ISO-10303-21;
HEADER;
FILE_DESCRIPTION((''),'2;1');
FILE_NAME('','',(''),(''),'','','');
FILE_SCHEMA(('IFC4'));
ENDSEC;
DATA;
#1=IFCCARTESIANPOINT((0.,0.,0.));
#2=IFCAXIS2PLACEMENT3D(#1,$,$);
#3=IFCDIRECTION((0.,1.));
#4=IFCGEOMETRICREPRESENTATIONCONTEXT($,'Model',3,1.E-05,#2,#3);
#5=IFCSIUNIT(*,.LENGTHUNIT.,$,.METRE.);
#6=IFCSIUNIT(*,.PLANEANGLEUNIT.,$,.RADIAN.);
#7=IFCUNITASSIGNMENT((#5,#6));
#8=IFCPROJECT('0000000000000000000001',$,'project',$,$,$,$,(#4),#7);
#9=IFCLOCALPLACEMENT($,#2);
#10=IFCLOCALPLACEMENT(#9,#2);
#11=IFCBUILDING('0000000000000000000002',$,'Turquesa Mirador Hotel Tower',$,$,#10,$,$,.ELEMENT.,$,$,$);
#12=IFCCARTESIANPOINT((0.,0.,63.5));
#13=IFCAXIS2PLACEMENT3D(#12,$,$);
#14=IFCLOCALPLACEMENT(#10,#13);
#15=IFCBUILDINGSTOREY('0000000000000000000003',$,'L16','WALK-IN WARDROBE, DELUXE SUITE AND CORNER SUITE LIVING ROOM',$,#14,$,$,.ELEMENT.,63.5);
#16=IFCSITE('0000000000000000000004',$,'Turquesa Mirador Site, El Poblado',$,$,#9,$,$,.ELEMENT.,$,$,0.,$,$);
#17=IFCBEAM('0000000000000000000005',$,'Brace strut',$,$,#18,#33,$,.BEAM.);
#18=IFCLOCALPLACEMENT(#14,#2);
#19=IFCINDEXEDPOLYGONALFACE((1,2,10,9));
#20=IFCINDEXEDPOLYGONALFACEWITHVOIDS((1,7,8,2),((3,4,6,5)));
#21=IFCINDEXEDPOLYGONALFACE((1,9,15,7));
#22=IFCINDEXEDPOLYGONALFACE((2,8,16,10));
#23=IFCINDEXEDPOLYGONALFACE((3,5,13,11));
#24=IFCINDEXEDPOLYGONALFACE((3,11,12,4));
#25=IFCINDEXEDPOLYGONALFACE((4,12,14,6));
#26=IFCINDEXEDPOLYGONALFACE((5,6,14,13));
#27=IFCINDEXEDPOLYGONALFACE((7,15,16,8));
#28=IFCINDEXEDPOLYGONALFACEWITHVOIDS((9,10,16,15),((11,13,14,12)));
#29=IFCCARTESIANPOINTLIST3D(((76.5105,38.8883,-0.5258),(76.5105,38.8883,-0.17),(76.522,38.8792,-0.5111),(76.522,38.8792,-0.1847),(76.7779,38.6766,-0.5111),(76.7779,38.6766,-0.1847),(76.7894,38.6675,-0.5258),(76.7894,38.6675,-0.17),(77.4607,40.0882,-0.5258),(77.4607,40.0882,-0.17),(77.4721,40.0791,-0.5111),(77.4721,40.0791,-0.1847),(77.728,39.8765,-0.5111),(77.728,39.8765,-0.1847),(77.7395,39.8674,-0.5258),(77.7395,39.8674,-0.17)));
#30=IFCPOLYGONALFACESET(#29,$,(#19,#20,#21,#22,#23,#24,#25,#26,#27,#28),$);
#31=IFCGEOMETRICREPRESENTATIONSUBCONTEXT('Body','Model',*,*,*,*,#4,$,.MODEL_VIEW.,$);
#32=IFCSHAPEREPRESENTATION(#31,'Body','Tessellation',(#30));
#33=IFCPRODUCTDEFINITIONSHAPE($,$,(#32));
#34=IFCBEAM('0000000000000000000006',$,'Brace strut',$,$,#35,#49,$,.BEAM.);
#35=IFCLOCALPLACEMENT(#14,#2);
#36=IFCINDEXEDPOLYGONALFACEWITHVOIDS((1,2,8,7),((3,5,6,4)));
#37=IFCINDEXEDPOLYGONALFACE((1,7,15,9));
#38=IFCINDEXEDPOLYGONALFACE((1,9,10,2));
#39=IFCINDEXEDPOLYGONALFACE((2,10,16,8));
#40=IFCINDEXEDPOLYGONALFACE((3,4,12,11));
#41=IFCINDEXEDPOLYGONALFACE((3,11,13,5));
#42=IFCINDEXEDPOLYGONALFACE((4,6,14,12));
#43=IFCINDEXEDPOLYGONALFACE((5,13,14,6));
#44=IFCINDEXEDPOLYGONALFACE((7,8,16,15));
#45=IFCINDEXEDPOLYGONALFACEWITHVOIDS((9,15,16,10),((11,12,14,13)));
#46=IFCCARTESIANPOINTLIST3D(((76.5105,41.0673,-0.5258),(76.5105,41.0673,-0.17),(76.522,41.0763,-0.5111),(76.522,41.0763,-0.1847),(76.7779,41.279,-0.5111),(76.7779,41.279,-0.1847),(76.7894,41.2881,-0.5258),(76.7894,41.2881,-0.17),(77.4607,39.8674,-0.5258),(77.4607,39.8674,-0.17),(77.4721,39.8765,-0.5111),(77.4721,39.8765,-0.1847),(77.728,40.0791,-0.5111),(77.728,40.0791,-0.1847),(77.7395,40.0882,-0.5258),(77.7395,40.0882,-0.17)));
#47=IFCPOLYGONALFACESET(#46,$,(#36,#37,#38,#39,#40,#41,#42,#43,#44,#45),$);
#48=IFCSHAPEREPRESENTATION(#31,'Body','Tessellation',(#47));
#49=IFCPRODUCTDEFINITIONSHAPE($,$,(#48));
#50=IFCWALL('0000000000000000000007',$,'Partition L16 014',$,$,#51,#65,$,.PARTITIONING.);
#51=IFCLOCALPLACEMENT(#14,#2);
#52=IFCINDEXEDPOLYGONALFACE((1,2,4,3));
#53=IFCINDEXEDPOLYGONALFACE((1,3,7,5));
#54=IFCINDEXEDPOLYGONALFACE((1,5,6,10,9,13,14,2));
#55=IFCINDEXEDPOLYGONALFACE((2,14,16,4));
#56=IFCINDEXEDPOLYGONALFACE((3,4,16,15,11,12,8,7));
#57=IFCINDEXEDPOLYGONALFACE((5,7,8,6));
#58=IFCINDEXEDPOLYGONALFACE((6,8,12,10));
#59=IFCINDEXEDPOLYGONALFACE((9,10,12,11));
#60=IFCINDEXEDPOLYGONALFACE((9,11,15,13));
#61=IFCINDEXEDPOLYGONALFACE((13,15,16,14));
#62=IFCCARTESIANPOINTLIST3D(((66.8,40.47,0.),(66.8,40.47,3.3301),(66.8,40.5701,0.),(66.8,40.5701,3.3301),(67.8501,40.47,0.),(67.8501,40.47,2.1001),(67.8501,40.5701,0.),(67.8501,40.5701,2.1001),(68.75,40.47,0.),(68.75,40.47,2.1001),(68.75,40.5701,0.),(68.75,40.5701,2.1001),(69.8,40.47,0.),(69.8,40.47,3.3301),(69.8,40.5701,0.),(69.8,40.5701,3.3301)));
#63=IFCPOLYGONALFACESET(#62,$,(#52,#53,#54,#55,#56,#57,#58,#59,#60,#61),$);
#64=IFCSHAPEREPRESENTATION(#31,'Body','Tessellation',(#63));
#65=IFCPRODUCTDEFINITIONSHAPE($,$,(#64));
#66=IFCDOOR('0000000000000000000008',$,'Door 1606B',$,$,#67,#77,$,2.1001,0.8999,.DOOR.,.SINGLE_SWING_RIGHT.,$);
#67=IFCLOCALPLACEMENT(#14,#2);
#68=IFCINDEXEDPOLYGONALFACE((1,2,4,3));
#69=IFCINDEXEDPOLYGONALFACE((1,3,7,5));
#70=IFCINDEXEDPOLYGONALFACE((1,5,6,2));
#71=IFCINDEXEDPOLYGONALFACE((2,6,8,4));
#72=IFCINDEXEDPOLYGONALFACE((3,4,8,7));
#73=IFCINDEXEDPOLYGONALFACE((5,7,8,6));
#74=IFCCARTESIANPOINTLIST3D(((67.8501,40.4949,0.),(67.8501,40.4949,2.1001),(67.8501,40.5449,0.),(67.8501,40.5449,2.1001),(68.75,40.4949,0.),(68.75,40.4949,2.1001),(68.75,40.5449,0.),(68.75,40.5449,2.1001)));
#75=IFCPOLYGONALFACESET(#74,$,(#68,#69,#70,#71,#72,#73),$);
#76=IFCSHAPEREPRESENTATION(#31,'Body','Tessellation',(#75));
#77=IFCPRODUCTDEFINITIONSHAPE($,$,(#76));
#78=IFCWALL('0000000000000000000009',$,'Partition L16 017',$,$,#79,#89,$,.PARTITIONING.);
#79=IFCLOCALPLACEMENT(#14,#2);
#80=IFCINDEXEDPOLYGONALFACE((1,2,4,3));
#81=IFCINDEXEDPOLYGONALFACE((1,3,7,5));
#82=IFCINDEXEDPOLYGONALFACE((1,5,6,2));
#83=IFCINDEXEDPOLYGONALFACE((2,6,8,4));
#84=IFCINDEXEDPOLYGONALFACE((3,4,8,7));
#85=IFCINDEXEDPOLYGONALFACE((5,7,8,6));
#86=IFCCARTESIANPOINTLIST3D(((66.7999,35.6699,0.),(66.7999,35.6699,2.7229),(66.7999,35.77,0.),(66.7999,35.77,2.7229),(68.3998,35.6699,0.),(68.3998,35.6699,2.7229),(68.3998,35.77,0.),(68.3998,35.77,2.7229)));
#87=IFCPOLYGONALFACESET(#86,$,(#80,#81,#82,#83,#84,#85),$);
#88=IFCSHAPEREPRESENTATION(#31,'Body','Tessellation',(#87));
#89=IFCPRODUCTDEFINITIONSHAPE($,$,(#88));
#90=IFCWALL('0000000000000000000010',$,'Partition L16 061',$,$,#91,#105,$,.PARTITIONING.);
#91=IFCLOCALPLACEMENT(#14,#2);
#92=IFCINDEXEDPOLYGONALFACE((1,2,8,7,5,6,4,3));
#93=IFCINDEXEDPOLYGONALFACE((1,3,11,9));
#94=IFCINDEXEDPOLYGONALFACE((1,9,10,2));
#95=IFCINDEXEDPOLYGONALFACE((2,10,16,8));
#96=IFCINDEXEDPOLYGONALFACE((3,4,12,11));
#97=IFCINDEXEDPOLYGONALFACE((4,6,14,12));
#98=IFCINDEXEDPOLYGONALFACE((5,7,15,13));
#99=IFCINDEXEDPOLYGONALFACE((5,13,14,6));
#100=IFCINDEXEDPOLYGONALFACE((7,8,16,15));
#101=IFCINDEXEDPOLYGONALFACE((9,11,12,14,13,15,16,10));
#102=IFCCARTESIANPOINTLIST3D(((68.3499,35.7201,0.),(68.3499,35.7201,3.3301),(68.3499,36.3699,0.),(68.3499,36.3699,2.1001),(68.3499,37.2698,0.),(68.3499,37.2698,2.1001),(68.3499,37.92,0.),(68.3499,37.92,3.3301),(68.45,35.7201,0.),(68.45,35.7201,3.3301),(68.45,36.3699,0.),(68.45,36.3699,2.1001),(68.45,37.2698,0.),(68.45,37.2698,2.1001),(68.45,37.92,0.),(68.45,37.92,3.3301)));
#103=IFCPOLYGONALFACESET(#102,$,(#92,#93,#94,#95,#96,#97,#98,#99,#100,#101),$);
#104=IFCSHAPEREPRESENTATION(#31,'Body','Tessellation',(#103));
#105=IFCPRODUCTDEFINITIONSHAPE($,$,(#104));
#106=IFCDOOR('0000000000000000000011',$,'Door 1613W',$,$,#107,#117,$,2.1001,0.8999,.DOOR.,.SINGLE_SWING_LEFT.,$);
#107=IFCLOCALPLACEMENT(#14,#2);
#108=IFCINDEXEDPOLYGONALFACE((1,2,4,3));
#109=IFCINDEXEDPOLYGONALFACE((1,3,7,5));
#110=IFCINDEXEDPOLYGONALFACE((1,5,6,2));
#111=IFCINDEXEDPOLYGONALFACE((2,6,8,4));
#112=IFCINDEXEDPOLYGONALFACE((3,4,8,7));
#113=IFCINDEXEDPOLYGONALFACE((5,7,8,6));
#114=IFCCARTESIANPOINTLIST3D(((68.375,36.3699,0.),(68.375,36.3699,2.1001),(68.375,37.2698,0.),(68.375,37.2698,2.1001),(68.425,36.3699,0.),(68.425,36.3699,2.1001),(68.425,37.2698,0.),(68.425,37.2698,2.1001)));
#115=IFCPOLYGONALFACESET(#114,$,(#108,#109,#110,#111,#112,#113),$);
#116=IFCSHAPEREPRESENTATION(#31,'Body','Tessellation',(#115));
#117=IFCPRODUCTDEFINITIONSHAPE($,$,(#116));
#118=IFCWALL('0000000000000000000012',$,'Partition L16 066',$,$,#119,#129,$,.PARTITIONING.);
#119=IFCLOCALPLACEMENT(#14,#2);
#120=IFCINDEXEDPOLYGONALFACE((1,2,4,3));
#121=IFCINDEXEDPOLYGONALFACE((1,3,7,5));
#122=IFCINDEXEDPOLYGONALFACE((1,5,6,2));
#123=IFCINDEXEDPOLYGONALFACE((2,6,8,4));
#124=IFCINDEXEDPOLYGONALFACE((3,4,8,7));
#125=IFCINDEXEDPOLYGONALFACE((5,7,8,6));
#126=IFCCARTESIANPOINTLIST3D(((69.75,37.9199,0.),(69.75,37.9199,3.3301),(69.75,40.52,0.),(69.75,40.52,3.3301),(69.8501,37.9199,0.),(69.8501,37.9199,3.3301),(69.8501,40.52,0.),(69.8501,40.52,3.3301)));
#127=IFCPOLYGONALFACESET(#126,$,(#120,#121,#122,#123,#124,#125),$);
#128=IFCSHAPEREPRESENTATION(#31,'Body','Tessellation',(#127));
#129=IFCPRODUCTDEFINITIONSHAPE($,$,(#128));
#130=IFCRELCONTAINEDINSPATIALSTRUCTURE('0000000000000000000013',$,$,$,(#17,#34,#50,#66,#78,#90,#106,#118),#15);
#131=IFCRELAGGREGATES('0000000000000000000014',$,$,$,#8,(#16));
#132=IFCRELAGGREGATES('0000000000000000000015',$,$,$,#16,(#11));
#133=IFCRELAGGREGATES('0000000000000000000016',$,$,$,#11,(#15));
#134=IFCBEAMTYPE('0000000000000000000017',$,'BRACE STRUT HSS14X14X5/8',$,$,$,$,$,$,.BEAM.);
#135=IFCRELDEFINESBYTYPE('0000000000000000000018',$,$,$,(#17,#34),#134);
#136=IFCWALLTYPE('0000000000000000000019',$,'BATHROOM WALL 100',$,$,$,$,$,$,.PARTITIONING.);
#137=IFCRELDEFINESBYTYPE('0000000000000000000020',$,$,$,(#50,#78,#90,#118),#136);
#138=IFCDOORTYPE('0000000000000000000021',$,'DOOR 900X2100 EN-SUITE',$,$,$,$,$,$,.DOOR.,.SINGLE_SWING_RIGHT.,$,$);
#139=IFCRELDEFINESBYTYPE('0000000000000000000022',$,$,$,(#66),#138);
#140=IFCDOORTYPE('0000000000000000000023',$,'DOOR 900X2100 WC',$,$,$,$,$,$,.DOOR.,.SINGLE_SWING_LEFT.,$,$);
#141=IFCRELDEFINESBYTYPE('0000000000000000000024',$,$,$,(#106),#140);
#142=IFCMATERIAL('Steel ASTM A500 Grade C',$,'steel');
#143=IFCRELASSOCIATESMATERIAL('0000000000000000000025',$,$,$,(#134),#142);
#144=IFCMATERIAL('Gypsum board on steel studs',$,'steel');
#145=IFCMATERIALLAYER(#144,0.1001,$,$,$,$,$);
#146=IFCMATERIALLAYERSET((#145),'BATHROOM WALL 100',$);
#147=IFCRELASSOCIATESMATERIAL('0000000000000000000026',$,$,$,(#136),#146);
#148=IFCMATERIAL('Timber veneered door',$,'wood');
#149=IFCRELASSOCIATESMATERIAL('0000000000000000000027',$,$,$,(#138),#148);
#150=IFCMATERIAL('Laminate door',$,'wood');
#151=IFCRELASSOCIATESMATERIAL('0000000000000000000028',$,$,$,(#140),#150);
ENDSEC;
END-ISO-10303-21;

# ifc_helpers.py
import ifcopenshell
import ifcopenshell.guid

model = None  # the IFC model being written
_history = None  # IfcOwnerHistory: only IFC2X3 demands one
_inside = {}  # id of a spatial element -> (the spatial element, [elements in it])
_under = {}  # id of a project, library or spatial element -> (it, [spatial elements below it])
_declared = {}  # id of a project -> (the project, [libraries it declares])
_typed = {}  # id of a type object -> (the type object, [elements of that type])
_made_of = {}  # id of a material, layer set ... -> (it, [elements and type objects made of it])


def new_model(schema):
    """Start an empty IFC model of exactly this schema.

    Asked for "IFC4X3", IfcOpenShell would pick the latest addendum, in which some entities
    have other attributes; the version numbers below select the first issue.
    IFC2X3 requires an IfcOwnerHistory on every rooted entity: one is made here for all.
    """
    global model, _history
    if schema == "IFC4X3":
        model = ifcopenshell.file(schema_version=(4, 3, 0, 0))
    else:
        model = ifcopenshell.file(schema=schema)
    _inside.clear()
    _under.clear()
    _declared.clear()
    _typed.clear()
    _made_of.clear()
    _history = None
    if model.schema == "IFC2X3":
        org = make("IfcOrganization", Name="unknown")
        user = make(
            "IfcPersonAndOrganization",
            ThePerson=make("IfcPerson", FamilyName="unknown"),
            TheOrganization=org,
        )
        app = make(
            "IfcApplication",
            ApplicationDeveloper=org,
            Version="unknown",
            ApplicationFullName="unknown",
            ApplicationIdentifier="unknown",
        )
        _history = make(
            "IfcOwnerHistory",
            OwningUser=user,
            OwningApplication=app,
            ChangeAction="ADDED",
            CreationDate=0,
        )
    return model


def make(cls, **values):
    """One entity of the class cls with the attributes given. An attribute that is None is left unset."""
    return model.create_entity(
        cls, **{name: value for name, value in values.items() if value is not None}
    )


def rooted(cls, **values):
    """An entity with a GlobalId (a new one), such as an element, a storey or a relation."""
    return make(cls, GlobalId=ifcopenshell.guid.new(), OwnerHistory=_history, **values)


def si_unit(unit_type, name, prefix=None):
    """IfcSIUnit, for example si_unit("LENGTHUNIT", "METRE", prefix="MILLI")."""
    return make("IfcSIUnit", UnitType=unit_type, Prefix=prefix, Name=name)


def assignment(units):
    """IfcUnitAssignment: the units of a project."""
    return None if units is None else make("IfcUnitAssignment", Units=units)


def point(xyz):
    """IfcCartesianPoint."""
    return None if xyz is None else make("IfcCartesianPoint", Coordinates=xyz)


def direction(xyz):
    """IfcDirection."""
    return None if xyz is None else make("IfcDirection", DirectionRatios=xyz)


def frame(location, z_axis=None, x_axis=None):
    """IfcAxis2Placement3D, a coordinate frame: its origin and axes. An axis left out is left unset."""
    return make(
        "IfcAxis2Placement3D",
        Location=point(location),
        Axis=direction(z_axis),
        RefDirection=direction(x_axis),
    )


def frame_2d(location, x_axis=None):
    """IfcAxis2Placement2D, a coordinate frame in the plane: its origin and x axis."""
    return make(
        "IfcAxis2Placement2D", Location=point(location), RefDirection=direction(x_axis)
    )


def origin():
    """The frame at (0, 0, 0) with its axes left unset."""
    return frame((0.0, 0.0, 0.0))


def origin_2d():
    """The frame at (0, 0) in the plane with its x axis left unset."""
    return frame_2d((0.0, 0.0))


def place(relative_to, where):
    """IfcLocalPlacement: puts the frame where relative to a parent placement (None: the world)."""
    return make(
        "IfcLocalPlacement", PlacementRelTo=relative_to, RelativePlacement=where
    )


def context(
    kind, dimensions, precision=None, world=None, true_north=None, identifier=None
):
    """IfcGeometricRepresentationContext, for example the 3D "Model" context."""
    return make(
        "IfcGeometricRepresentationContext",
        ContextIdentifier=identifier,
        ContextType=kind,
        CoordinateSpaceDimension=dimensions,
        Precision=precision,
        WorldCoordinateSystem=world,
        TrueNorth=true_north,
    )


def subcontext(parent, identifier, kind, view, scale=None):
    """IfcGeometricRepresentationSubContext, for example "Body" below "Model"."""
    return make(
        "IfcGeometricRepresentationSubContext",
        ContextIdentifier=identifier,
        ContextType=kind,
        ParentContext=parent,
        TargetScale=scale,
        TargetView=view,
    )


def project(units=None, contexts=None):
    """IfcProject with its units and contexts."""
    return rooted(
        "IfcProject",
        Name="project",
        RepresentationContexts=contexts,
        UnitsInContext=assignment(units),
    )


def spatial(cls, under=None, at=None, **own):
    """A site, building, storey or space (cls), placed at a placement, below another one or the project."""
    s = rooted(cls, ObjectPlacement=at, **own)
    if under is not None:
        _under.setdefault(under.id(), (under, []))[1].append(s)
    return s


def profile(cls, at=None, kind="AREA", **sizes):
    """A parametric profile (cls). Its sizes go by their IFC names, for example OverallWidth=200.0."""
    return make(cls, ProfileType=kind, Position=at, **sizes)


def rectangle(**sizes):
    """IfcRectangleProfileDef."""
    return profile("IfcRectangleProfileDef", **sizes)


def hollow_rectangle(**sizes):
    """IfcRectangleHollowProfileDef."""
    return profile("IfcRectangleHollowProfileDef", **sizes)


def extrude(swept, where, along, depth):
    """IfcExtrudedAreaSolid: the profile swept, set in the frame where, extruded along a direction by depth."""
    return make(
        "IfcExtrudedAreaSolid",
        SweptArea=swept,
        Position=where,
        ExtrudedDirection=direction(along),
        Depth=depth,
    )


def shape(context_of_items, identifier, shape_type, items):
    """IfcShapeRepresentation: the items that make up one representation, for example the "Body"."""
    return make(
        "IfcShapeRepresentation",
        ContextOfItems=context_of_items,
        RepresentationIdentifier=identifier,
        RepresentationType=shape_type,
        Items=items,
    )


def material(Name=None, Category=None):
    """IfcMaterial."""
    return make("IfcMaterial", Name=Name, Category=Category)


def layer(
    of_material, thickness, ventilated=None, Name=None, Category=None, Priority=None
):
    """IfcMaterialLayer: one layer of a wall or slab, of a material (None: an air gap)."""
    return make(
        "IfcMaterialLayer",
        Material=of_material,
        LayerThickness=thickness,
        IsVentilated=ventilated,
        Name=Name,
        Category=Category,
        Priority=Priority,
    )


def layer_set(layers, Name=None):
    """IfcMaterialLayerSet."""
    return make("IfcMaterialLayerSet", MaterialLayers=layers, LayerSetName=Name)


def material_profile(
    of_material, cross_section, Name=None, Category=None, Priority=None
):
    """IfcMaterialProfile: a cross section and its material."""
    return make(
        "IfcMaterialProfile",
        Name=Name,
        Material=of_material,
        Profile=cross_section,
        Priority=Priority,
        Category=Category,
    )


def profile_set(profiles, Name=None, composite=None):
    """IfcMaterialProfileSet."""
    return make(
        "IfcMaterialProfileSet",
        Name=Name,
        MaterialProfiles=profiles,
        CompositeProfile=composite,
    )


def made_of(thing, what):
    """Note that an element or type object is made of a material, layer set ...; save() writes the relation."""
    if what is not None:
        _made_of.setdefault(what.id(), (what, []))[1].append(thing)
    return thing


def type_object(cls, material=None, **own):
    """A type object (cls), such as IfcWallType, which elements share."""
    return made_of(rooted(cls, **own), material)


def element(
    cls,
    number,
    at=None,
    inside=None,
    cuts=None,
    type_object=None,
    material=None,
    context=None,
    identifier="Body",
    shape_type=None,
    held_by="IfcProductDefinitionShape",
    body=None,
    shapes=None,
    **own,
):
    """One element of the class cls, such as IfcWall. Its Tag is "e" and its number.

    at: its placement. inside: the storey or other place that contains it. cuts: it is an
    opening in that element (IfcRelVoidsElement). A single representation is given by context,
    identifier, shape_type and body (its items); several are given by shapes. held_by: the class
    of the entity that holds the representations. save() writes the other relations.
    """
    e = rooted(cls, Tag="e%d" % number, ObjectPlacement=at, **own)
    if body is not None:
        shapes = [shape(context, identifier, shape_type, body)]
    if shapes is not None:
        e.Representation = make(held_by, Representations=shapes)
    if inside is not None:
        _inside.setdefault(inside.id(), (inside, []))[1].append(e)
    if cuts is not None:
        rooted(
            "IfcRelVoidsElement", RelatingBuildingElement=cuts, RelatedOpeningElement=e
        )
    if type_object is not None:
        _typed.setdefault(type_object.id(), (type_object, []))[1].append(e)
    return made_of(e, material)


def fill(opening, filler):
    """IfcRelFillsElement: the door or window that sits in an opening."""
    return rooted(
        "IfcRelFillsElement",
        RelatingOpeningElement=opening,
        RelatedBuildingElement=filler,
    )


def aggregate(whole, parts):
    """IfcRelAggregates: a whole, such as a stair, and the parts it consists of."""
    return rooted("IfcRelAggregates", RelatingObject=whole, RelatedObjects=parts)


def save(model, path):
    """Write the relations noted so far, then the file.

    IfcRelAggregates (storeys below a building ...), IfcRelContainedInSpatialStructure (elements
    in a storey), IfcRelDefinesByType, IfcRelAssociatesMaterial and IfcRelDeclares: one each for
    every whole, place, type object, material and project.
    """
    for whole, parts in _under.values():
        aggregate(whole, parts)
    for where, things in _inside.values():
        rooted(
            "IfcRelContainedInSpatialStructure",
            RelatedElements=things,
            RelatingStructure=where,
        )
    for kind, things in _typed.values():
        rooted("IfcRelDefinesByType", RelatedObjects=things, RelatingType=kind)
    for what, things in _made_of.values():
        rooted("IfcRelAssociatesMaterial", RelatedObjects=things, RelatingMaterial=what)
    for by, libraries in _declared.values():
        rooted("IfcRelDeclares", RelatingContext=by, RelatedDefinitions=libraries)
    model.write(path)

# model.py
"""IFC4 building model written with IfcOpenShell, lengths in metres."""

from ifc_helpers import new_model, si_unit, direction, frame, frame_2d, origin, origin_2d, place, context, subcontext, project, spatial, rectangle, hollow_rectangle, extrude, material, layer, layer_set, material_profile, profile_set, type_object, element, fill, save


model = new_model("IFC4")

# Units and contexts
model_context = context("Model", 3, precision=1e-05, world=origin(), true_north=direction((0.0, 1.0)))
body_context = subcontext(model_context, "Body", "Model", "MODEL_VIEW")
ifc_project = project(units=[si_unit("LENGTHUNIT", "METRE"), si_unit("PLANEANGLEUNIT", "RADIAN")], contexts=[model_context])

# Site, building, storey
site_placement = place(None, origin())
site = spatial("IfcSite", under=ifc_project, at=site_placement, Name="Turquesa Mirador Site, El Poblado", CompositionType="ELEMENT", RefElevation=0.0)
building_placement = place(site_placement, origin())
building = spatial("IfcBuilding", under=site, at=building_placement, Name="Turquesa Mirador Hotel Tower", CompositionType="ELEMENT")
storey_placement = place(building_placement, frame((0.0, 0.0, 63.5)))
storey = spatial("IfcBuildingStorey", under=building, at=storey_placement, Name="L16", Description="WALK-IN WARDROBE, DELUXE SUITE AND CORNER SUITE LIVING ROOM", CompositionType="ELEMENT", Elevation=63.5)

# Beams
ifc_material_1 = material(Name="Steel ASTM A500 Grade C", Category="steel")
ifc_material_profile_1 = material_profile(ifc_material_1, hollow_rectangle(XDim=0.3557, YDim=0.3557, WallThickness=0.0146, at=origin_2d()), Name="HSS14X14X5/8")
ifc_profile_set_1 = profile_set([ifc_material_profile_1], Name="Steel ASTM A500 Grade C")
beam_type_1 = type_object("IfcBeamType", Name="BRACE STRUT HSS14X14X5/8", PredefinedType="BEAM", material=ifc_profile_set_1)
for number, where, z_axis, x_axis, name in (
    (1, (77.6001, 39.9778, -0.3479), (-0.620797, -0.783971, 0.0), (0.783971, -0.620797, 0.0), "Brace strut"),
    (2, (77.6001, 39.9778, -0.3479), (-0.620797, 0.783971, 0.0), (-0.783971, -0.620797, 0.0), "Brace strut"),
):
    element("IfcBeam", number, at=place(storey_placement, frame(where, z_axis=z_axis, x_axis=x_axis)), inside=storey, type_object=beam_type_1, Name=name, PredefinedType="BEAM", context=body_context, shape_type="SweptSolid", body=[
        extrude(hollow_rectangle(XDim=0.3557, YDim=0.3557, WallThickness=0.0146, at=origin_2d()), origin(), (0.0, 0.0, 1.0), 1.5305),
    ])

# Wall, opening, door
ifc_material_2 = material(Name="Gypsum board on steel studs", Category="steel")
ifc_layer_1 = layer(ifc_material_2, 0.1001)
ifc_layer_set_1 = layer_set([ifc_layer_1], Name="BATHROOM WALL 100")
wall_type_1 = type_object("IfcWallType", Name="BATHROOM WALL 100", PredefinedType="PARTITIONING", material=ifc_layer_set_1)
wall_1_placement = place(storey_placement, frame((66.8, 40.52, 0.0), z_axis=(0.0, 0.0, 1.0), x_axis=(1.0, 0.0, 0.0)))
wall_1 = element("IfcWall", 3, at=wall_1_placement, inside=storey, type_object=wall_type_1, Name="Partition L16 014", PredefinedType="PARTITIONING", context=body_context, shape_type="SweptSolid", body=[
    extrude(rectangle(XDim=3.0, YDim=0.1001, at=frame_2d((1.5, 0.0))), origin(), (0.0, 0.0, 1.0), 3.3301),
])
opening_1_placement = place(wall_1_placement, frame((1.05, 0.0, 0.0)))
opening_1 = element("IfcOpeningElement", 4, at=opening_1_placement, cuts=wall_1, PredefinedType="OPENING", context=body_context, shape_type="SweptSolid", body=[
    extrude(rectangle(XDim=0.8999, YDim=2.1001, at=frame_2d((0.45, 1.05))), frame((0.0, 0.0601, 0.0), z_axis=(0.0, -1.0, 0.0), x_axis=(1.0, 0.0, 0.0)), (0.0, 0.0, 1.0), 0.1201),
])
ifc_material_3 = material(Name="Timber veneered door", Category="wood")
door_type_1 = type_object("IfcDoorType", Name="DOOR 900X2100 EN-SUITE", OperationType="SINGLE_SWING_RIGHT", PredefinedType="DOOR", material=ifc_material_3)
door_1_placement = place(opening_1_placement, origin())
door_1 = element("IfcDoor", 5, at=door_1_placement, inside=storey, type_object=door_type_1, Name="Door 1606B", OperationType="SINGLE_SWING_RIGHT", OverallHeight=2.1001, OverallWidth=0.8999, PredefinedType="DOOR", context=body_context, shape_type="SweptSolid", body=[
    extrude(rectangle(XDim=0.8999, YDim=2.1001, at=frame_2d((0.45, 1.05))), frame((0.0, 0.0249, 0.0), z_axis=(0.0, -1.0, 0.0), x_axis=(1.0, 0.0, 0.0)), (0.0, 0.0, 1.0), 0.05),
])
fill(opening_1, door_1)

# Wall
wall_2_placement = place(storey_placement, frame((66.8, 35.72, 0.0), z_axis=(0.0, 0.0, 1.0), x_axis=(1.0, 0.0, 0.0)))
element("IfcWall", 6, at=wall_2_placement, inside=storey, type_object=wall_type_1, Name="Partition L16 017", PredefinedType="PARTITIONING", context=body_context, shape_type="SweptSolid", body=[
    extrude(rectangle(XDim=1.5999, YDim=0.1001, at=frame_2d((0.7998, 0.0))), origin(), (0.0, 0.0, 1.0), 2.7229),
])

# Wall, opening, door
wall_3_placement = place(storey_placement, frame((68.3999, 35.72, 0.0), z_axis=(0.0, 0.0, 1.0), x_axis=(0.0, 1.0, 0.0)))
wall_3 = element("IfcWall", 7, at=wall_3_placement, inside=storey, type_object=wall_type_1, Name="Partition L16 061", PredefinedType="PARTITIONING", context=body_context, shape_type="SweptSolid", body=[
    extrude(rectangle(XDim=2.2, YDim=0.1001, at=frame_2d((1.1001, 0.0))), origin(), (0.0, 0.0, 1.0), 3.3301),
])
opening_2_placement = place(wall_3_placement, frame((0.6499, 0.0, 0.0)))
opening_2 = element("IfcOpeningElement", 8, at=opening_2_placement, cuts=wall_3, PredefinedType="OPENING", context=body_context, shape_type="SweptSolid", body=[
    extrude(rectangle(XDim=0.8999, YDim=2.1001, at=frame_2d((0.45, 1.05))), frame((0.0, 0.0601, 0.0), z_axis=(0.0, -1.0, 0.0), x_axis=(1.0, 0.0, 0.0)), (0.0, 0.0, 1.0), 0.1201),
])
ifc_material_4 = material(Name="Laminate door", Category="wood")
door_type_2 = type_object("IfcDoorType", Name="DOOR 900X2100 WC", OperationType="SINGLE_SWING_LEFT", PredefinedType="DOOR", material=ifc_material_4)
door_2_placement = place(opening_2_placement, origin())
door_2 = element("IfcDoor", 9, at=door_2_placement, inside=storey, type_object=door_type_2, Name="Door 1613W", OperationType="SINGLE_SWING_LEFT", OverallHeight=2.1001, OverallWidth=0.8999, PredefinedType="DOOR", context=body_context, shape_type="SweptSolid", body=[
    extrude(rectangle(XDim=0.8999, YDim=2.1001, at=frame_2d((0.45, 1.05))), frame((0.0, 0.0249, 0.0), z_axis=(0.0, -1.0, 0.0), x_axis=(1.0, 0.0, 0.0)), (0.0, 0.0, 1.0), 0.05),
])
fill(opening_2, door_2)

# Wall
wall_4_placement = place(storey_placement, frame((69.8, 37.9199, 0.0), z_axis=(0.0, 0.0, 1.0), x_axis=(0.0, 1.0, 0.0)))
element("IfcWall", 10, at=wall_4_placement, inside=storey, type_object=wall_type_1, Name="Partition L16 066", PredefinedType="PARTITIONING", context=body_context, shape_type="SweptSolid", body=[
    extrude(rectangle(XDim=2.6001, YDim=0.1001, at=frame_2d((1.3, 0.0))), origin(), (0.0, 0.0, 1.0), 3.3301),
])

save(model, "model.ifc")
